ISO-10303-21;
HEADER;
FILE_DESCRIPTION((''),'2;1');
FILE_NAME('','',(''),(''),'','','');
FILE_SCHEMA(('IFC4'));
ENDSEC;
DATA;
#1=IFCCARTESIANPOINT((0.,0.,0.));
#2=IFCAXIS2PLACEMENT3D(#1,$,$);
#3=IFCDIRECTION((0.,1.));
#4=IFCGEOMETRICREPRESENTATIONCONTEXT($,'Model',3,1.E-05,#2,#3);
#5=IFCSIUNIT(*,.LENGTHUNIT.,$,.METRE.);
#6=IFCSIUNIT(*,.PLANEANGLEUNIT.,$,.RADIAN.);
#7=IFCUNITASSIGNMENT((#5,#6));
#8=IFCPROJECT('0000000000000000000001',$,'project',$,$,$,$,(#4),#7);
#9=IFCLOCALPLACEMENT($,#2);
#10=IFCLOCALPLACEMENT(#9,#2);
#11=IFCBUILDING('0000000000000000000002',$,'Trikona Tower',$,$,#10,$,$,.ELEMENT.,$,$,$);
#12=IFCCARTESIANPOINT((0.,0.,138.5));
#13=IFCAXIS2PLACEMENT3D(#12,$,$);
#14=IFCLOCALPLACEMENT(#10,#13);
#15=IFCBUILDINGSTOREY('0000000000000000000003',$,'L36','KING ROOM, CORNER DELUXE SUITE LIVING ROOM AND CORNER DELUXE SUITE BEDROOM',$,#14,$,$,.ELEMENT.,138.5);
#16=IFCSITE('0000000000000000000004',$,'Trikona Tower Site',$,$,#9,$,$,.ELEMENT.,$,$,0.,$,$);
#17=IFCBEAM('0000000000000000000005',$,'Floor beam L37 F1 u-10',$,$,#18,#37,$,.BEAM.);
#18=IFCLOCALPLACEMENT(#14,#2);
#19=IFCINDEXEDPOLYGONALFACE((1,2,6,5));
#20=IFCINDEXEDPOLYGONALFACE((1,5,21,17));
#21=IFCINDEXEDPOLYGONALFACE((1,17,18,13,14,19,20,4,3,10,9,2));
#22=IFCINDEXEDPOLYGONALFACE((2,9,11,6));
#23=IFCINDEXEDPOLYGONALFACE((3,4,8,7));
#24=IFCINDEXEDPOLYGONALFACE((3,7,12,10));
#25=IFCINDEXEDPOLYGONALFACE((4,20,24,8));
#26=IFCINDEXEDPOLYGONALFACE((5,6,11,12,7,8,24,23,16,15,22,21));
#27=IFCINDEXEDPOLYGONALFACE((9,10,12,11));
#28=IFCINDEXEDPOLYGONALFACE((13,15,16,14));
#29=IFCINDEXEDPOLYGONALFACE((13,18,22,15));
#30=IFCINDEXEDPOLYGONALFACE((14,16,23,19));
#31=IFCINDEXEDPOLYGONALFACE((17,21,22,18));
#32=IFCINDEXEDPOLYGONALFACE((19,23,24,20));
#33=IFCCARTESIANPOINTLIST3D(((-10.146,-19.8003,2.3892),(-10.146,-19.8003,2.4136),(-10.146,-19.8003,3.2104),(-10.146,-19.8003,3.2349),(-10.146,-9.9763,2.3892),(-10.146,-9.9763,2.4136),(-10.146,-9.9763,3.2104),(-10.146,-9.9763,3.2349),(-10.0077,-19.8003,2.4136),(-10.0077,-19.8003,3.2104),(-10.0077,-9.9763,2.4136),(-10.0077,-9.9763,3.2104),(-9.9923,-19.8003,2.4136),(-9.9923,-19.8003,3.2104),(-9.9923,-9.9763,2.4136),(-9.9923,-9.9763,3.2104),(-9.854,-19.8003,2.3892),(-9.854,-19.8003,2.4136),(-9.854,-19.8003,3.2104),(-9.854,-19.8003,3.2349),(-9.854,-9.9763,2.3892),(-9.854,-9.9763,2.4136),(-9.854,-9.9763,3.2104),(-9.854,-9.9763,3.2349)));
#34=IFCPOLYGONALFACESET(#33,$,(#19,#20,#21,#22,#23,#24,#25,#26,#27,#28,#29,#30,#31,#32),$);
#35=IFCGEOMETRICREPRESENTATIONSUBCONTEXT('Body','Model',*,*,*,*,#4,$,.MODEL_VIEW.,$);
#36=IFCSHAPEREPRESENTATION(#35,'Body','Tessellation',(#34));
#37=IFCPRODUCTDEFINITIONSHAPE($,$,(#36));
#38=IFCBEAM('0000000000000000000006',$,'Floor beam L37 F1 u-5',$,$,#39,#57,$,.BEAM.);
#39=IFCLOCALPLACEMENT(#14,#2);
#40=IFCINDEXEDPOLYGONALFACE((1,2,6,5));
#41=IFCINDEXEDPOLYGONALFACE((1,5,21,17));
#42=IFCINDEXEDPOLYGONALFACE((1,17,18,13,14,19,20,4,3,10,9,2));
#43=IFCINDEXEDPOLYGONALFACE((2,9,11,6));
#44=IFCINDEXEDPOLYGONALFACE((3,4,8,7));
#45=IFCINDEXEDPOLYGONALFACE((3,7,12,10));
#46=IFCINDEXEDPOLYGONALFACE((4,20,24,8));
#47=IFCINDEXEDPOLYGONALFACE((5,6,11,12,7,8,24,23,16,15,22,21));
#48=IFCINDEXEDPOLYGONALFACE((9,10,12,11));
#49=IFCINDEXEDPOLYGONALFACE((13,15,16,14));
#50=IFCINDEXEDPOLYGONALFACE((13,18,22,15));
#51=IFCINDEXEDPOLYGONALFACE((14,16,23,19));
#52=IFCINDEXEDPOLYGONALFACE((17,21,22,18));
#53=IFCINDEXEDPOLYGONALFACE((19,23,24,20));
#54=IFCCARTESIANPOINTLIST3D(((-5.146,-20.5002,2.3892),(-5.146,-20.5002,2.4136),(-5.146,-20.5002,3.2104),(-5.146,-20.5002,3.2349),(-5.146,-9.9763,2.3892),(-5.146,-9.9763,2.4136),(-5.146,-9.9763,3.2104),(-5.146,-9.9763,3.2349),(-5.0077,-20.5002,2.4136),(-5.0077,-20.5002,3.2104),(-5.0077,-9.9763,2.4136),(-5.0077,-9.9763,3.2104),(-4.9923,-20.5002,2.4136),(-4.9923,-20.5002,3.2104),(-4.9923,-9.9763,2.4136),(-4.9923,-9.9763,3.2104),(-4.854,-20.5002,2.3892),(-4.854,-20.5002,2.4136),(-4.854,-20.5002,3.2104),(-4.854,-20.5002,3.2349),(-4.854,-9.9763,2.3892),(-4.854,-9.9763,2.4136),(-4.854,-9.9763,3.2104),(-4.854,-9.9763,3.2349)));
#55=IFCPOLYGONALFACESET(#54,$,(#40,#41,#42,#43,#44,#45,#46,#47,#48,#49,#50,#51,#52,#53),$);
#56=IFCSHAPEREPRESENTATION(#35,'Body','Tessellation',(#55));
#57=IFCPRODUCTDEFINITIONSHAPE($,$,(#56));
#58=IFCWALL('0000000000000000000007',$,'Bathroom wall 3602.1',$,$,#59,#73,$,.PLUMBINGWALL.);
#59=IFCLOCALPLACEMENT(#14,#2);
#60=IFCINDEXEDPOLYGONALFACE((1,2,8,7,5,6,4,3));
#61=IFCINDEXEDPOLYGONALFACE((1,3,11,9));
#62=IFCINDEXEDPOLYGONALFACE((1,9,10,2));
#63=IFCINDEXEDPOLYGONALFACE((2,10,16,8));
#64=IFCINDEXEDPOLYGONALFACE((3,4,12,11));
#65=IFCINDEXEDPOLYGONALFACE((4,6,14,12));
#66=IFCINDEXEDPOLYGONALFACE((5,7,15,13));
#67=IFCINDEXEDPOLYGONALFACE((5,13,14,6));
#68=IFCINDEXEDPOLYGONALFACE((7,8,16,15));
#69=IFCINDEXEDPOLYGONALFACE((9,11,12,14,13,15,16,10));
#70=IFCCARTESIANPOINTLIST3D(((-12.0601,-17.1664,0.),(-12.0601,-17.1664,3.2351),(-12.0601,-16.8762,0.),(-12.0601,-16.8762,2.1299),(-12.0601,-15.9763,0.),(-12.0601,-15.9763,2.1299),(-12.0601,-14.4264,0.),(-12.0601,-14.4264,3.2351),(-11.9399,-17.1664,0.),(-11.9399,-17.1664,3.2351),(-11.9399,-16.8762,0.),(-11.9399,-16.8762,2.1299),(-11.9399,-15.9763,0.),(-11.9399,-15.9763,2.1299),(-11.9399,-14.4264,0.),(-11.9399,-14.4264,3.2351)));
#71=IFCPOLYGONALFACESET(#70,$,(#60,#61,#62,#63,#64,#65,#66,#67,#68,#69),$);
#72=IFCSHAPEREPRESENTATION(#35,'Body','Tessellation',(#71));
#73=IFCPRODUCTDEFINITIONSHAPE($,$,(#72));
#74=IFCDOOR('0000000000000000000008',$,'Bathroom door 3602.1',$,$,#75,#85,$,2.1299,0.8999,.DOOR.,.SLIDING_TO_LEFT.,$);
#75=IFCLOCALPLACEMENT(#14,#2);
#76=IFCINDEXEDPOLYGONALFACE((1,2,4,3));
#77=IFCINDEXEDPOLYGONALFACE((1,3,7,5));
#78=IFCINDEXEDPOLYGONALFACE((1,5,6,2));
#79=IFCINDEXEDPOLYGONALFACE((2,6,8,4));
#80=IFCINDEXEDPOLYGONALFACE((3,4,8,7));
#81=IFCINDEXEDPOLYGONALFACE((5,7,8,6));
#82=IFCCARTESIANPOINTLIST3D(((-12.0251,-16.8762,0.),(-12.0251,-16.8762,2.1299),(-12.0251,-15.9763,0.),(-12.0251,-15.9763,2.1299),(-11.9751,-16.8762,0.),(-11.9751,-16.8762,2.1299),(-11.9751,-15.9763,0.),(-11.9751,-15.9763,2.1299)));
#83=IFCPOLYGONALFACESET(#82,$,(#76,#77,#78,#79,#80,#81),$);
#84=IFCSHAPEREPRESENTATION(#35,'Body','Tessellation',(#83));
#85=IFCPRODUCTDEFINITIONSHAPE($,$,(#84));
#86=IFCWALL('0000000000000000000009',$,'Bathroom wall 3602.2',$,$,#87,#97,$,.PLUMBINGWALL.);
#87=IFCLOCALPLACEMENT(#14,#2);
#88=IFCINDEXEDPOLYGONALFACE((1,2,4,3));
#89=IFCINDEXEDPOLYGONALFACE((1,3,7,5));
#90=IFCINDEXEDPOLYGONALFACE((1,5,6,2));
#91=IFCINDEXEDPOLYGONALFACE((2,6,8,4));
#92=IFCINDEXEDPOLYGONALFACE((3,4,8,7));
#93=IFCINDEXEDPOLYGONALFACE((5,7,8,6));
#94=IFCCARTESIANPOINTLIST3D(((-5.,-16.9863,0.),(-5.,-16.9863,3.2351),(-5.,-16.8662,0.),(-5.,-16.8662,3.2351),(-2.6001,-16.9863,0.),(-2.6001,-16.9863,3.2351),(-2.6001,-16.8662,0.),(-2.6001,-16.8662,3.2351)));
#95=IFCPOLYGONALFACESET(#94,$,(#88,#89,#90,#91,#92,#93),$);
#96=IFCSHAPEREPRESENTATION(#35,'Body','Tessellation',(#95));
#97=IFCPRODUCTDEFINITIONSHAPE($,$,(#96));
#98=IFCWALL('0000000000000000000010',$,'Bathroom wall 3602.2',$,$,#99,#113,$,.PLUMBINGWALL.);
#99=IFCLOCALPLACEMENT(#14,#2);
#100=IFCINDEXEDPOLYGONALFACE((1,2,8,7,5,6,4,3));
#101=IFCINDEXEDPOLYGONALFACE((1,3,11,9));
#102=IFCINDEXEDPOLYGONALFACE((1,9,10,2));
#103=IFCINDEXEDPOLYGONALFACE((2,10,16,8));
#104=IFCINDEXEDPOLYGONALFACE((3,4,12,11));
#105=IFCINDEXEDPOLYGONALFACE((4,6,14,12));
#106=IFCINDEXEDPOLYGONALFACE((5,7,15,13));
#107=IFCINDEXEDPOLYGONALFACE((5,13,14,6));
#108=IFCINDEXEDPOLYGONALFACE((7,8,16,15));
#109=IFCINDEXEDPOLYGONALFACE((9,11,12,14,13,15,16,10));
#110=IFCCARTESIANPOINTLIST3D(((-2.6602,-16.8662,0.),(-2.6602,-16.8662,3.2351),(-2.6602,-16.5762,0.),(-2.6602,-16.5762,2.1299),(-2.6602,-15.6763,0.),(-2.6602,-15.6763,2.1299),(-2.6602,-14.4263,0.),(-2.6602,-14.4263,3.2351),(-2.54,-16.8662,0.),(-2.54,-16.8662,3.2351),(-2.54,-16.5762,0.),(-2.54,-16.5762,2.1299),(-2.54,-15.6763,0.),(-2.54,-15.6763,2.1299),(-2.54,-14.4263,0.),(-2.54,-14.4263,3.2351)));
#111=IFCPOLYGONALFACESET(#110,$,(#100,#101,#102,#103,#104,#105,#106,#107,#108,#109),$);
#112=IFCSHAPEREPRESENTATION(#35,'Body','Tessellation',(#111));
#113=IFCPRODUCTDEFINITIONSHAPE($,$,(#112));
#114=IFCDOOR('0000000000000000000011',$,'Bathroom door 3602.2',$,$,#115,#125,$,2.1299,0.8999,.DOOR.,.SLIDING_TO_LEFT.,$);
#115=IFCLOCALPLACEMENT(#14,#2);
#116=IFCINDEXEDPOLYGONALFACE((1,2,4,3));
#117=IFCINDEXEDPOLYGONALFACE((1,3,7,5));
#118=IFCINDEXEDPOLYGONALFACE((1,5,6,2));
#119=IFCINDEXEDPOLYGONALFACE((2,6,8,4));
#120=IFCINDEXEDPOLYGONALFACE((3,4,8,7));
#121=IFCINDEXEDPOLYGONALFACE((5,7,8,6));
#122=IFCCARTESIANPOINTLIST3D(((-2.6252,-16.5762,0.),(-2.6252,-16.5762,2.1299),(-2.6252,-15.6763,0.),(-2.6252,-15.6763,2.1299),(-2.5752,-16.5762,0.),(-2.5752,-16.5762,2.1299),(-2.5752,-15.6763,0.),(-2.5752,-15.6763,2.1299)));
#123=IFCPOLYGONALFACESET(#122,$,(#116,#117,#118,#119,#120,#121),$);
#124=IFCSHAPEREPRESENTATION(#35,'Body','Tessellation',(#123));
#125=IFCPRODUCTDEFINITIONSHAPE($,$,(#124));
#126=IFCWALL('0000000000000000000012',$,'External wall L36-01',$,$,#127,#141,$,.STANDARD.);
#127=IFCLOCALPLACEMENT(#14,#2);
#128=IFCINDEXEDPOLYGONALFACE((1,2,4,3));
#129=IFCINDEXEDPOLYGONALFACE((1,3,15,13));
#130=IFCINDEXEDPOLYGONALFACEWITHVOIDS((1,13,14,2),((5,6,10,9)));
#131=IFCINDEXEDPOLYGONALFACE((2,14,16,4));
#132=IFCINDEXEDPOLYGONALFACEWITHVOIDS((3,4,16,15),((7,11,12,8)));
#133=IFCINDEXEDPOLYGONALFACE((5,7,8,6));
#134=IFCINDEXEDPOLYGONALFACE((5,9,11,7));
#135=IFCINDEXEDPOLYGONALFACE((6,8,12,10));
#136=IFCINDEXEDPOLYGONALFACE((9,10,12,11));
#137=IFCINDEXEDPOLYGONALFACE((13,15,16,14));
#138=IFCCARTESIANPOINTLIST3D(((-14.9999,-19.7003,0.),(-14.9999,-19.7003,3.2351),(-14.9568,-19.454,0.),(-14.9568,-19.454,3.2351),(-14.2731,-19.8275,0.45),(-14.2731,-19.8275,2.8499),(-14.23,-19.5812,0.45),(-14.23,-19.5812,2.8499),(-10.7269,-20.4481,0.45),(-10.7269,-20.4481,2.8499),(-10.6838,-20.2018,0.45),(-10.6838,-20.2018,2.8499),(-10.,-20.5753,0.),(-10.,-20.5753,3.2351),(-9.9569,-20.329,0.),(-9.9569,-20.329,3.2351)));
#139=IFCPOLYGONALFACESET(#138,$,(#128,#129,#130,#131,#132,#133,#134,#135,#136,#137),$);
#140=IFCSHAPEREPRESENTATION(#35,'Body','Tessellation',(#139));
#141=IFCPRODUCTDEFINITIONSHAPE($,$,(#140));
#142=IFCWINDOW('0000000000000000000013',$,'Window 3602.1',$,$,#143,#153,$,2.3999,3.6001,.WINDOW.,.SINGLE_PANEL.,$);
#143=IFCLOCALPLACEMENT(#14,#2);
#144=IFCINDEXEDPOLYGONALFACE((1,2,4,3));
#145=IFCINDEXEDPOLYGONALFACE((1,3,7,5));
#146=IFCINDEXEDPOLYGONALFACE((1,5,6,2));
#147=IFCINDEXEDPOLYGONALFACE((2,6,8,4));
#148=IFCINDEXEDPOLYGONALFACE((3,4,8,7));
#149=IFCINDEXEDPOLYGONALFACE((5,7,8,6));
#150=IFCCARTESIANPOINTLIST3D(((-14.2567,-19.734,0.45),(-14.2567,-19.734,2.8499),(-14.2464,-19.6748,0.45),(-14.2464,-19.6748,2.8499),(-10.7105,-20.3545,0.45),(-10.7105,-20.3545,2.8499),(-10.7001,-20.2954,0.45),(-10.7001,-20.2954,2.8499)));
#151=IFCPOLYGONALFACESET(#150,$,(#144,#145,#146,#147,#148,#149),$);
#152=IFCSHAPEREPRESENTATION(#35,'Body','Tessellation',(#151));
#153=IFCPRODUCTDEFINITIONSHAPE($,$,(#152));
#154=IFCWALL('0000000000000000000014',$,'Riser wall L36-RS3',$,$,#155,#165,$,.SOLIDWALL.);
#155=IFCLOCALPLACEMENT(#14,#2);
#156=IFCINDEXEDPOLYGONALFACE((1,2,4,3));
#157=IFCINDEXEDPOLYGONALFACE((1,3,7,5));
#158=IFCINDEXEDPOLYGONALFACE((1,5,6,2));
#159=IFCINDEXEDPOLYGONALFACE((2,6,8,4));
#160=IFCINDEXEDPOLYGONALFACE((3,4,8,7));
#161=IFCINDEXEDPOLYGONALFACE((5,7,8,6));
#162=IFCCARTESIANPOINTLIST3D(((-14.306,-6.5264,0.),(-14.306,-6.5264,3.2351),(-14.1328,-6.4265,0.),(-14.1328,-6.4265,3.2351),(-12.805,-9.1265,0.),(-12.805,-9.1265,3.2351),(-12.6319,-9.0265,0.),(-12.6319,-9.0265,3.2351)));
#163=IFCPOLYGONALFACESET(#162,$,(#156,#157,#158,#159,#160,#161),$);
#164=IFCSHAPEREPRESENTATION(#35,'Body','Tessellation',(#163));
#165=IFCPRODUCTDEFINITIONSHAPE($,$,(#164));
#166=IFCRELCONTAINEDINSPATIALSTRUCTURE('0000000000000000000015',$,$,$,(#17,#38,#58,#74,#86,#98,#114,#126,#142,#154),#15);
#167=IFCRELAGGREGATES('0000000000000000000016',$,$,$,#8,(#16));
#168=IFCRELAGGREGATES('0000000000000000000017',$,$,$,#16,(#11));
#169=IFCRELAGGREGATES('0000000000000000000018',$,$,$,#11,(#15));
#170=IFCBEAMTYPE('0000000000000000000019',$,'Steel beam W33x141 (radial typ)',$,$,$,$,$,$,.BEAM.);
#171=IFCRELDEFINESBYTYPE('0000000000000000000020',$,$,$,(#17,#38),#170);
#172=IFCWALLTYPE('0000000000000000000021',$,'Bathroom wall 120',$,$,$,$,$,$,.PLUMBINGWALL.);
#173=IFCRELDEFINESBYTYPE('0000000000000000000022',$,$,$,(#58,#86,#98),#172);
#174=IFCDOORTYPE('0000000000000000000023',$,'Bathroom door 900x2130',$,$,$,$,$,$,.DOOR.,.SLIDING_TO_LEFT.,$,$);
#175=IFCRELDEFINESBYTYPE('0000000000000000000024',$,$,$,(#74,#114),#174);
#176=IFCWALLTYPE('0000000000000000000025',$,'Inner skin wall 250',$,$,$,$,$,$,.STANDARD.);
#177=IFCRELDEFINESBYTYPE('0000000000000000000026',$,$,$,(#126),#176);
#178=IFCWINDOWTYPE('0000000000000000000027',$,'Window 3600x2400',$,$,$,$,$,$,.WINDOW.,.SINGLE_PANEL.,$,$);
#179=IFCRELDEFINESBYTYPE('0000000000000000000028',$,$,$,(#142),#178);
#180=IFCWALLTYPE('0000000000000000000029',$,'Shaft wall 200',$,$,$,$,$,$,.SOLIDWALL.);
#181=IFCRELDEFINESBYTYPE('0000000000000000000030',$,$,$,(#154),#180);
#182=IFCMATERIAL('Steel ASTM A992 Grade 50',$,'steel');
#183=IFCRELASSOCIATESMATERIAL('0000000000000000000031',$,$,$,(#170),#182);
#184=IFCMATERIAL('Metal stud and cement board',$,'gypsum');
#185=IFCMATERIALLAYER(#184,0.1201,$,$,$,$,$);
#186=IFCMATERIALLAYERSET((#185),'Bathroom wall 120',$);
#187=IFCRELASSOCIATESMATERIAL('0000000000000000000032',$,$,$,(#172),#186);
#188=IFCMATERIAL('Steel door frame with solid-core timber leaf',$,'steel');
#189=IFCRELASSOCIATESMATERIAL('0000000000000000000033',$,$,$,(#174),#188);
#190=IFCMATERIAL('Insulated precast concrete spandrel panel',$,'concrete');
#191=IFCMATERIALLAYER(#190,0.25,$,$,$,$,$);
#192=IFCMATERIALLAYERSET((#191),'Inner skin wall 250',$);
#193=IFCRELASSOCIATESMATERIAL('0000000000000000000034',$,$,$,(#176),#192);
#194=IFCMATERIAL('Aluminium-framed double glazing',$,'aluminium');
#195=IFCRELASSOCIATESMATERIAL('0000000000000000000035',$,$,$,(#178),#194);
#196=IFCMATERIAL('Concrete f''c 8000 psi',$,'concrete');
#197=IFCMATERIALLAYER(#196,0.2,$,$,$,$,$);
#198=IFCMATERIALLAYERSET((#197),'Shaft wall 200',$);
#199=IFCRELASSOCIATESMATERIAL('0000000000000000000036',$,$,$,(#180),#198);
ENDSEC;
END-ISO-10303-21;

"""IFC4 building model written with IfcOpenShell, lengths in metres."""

from ifc_helpers import new_model, si_unit, direction, frame, frame_2d, origin, origin_2d, place, context, subcontext, project, spatial, rectangle, i_section, extrude, material, layer, layer_set, material_profile, profile_set, type_object, element, fill, save


model = new_model("IFC4")

# Units and contexts
model_context = context("Model", 3, precision=1e-05, world=origin(), true_north=direction((0.0, 1.0)))
body_context = subcontext(model_context, "Body", "Model", "MODEL_VIEW")
ifc_project = project(units=[si_unit("LENGTHUNIT", "METRE"), si_unit("PLANEANGLEUNIT", "RADIAN")], contexts=[model_context])

# Site, building, storey
site_placement = place(None, origin())
site = spatial("IfcSite", under=ifc_project, at=site_placement, Name="Trikona Tower Site", CompositionType="ELEMENT", RefElevation=0.0)
building_placement = place(site_placement, origin())
building = spatial("IfcBuilding", under=site, at=building_placement, Name="Trikona Tower", CompositionType="ELEMENT")
storey_placement = place(building_placement, frame((0.0, 0.0, 138.5)))
storey = spatial("IfcBuildingStorey", under=building, at=storey_placement, Name="L36", Description="KING ROOM, CORNER DELUXE SUITE LIVING ROOM AND CORNER DELUXE SUITE BEDROOM", CompositionType="ELEMENT", Elevation=138.5)

# Beams
ifc_material_1 = material(Name="Steel ASTM A992 Grade 50", Category="steel")
ifc_material_profile = material_profile(ifc_material_1, i_section(OverallWidth=0.292, OverallDepth=0.8457, WebThickness=0.0154, FlangeThickness=0.0244, at=origin_2d()), Name="W33X141")
ifc_profile_set = profile_set([ifc_material_profile], Name="Steel ASTM A992 Grade 50")
beam_type = type_object("IfcBeamType", Name="Steel beam W33x141 (radial typ)", PredefinedType="BEAM", material=ifc_profile_set)
beam_1_placement = place(storey_placement, frame((-10.0, -9.9763, 2.812), z_axis=(0.0, -1.0, 0.0), x_axis=(1.0, 0.0, 0.0)))
element("IfcBeam", 1, at=beam_1_placement, inside=storey, type_object=beam_type, Name="Floor beam L37 F1 u-10", PredefinedType="BEAM", context=body_context, shape_type="SweptSolid", body=[
    extrude(i_section(OverallWidth=0.292, OverallDepth=0.8457, WebThickness=0.0154, FlangeThickness=0.0244, at=origin_2d()), origin(), (0.0, 0.0, 1.0), 9.824),
])
beam_2_placement = place(storey_placement, frame((-5.0, -9.9763, 2.812), z_axis=(0.0, -1.0, 0.0), x_axis=(1.0, 0.0, 0.0)))
element("IfcBeam", 2, at=beam_2_placement, inside=storey, type_object=beam_type, Name="Floor beam L37 F1 u-5", PredefinedType="BEAM", context=body_context, shape_type="SweptSolid", body=[
    extrude(i_section(OverallWidth=0.292, OverallDepth=0.8457, WebThickness=0.0154, FlangeThickness=0.0244, at=origin_2d()), origin(), (0.0, 0.0, 1.0), 10.5239),
])

# Wall, opening, door
ifc_material_2 = material(Name="Metal stud and cement board", Category="gypsum")
ifc_layer_1 = layer(ifc_material_2, 0.1201)
ifc_layer_set_1 = layer_set([ifc_layer_1], Name="Bathroom wall 120")
wall_type_1 = type_object("IfcWallType", Name="Bathroom wall 120", PredefinedType="PLUMBINGWALL", material=ifc_layer_set_1)
wall_1_placement = place(storey_placement, frame((-12.0, -14.4263, 0.0), z_axis=(0.0, 0.0, 1.0), x_axis=(0.0, -1.0, 0.0)))
wall_1 = element("IfcWall", 3, at=wall_1_placement, inside=storey, type_object=wall_type_1, Name="Bathroom wall 3602.1", PredefinedType="PLUMBINGWALL", context=body_context, shape_type="SweptSolid", body=[
    extrude(rectangle(XDim=2.74, YDim=0.1201, at=frame_2d((1.3701, 0.0))), origin(), (0.0, 0.0, 1.0), 3.2351),
])
opening_1_placement = place(wall_1_placement, frame((1.55, 0.0, 0.0)))
opening_1 = element("IfcOpeningElement", 4, at=opening_1_placement, cuts=wall_1, PredefinedType="OPENING", context=body_context, shape_type="SweptSolid", body=[
    extrude(rectangle(XDim=0.8999, YDim=2.1299, at=frame_2d((0.45, 1.0649))), frame((0.0, 0.0701, 0.0), z_axis=(0.0, -1.0, 0.0), x_axis=(1.0, 0.0, 0.0)), (0.0, 0.0, 1.0), 0.1401),
])
ifc_material_3 = material(Name="Steel door frame with solid-core timber leaf", Category="steel")
door_type_1 = type_object("IfcDoorType", Name="Bathroom door 900x2130", OperationType="SLIDING_TO_LEFT", PredefinedType="DOOR", material=ifc_material_3)
door_1_placement = place(opening_1_placement, origin())
door_1 = element("IfcDoor", 5, at=door_1_placement, inside=storey, type_object=door_type_1, Name="Bathroom door 3602.1", OperationType="SLIDING_TO_LEFT", OverallHeight=2.1299, OverallWidth=0.8999, PredefinedType="DOOR", context=body_context, shape_type="SweptSolid", body=[
    extrude(rectangle(XDim=0.8999, YDim=2.1299, at=frame_2d((0.45, 1.0649))), frame((0.0, 0.0249, 0.0), z_axis=(0.0, -1.0, 0.0), x_axis=(1.0, 0.0, 0.0)), (0.0, 0.0, 1.0), 0.05),
])
fill(opening_1, door_1)

# Wall
wall_2_placement = place(storey_placement, frame((-5.0, -16.9263, 0.0), z_axis=(0.0, 0.0, 1.0), x_axis=(1.0, 0.0, 0.0)))
element("IfcWall", 6, at=wall_2_placement, inside=storey, type_object=wall_type_1, Name="Bathroom wall 3602.2", PredefinedType="PLUMBINGWALL", context=body_context, shape_type="SweptSolid", body=[
    extrude(rectangle(XDim=2.3999, YDim=0.1201, at=frame_2d((1.2, 0.0))), origin(), (0.0, 0.0, 1.0), 3.2351),
])

# Wall, opening, door
wall_3_placement = place(storey_placement, frame((-2.6001, -14.4263, 0.0), z_axis=(0.0, 0.0, 1.0), x_axis=(0.0, -1.0, 0.0)))
wall_3 = element("IfcWall", 7, at=wall_3_placement, inside=storey, type_object=wall_type_1, Name="Bathroom wall 3602.2", PredefinedType="PLUMBINGWALL", context=body_context, shape_type="SweptSolid", body=[
    extrude(rectangle(XDim=2.4399, YDim=0.1201, at=frame_2d((1.22, 0.0))), origin(), (0.0, 0.0, 1.0), 3.2351),
])
opening_2_placement = place(wall_3_placement, frame((1.25, 0.0, 0.0)))
opening_2 = element("IfcOpeningElement", 8, at=opening_2_placement, cuts=wall_3, PredefinedType="OPENING", context=body_context, shape_type="SweptSolid", body=[
    extrude(rectangle(XDim=0.8999, YDim=2.1299, at=frame_2d((0.45, 1.0649))), frame((0.0, 0.0701, 0.0), z_axis=(0.0, -1.0, 0.0), x_axis=(1.0, 0.0, 0.0)), (0.0, 0.0, 1.0), 0.1401),
])
door_2_placement = place(opening_2_placement, origin())
door_2 = element("IfcDoor", 9, at=door_2_placement, inside=storey, type_object=door_type_1, Name="Bathroom door 3602.2", OperationType="SLIDING_TO_LEFT", OverallHeight=2.1299, OverallWidth=0.8999, PredefinedType="DOOR", context=body_context, shape_type="SweptSolid", body=[
    extrude(rectangle(XDim=0.8999, YDim=2.1299, at=frame_2d((0.45, 1.0649))), frame((0.0, 0.0249, 0.0), z_axis=(0.0, -1.0, 0.0), x_axis=(1.0, 0.0, 0.0)), (0.0, 0.0, 1.0), 0.05),
])
fill(opening_2, door_2)

# Wall, opening, window
ifc_material_4 = material(Name="Insulated precast concrete spandrel panel", Category="concrete")
ifc_layer_2 = layer(ifc_material_4, 0.25)
ifc_layer_set_2 = layer_set([ifc_layer_2], Name="Inner skin wall 250")
wall_type_2 = type_object("IfcWallType", Name="Inner skin wall 250", PredefinedType="STANDARD", material=ifc_layer_set_2)
wall_4_placement = place(storey_placement, frame((-14.9785, -19.5771, 0.0), z_axis=(0.0, 0.0, 1.0), x_axis=(0.98503, -0.17238, 0.0)))
wall_4 = element("IfcWall", 10, at=wall_4_placement, inside=storey, type_object=wall_type_2, Name="External wall L36-01", PredefinedType="STANDARD", context=body_context, shape_type="SweptSolid", body=[
    extrude(rectangle(XDim=5.0759, YDim=0.25, at=frame_2d((2.5381, 0.0))), origin(), (0.0, 0.0, 1.0), 3.2351),
])
opening_3_placement = place(wall_4_placement, frame((0.738, 0.0, 0.45)))
opening_3 = element("IfcOpeningElement", 11, at=opening_3_placement, cuts=wall_4, PredefinedType="OPENING", context=body_context, shape_type="SweptSolid", body=[
    extrude(rectangle(XDim=3.6001, YDim=2.3999, at=frame_2d((1.8, 1.2))), frame((0.0, 0.135, 0.0), z_axis=(0.0, -1.0, 0.0), x_axis=(1.0, 0.0, 0.0)), (0.0, 0.0, 1.0), 0.27),
])
ifc_material_5 = material(Name="Aluminium-framed double glazing", Category="aluminium")
window_type = type_object("IfcWindowType", Name="Window 3600x2400", PartitioningType="SINGLE_PANEL", PredefinedType="WINDOW", material=ifc_material_5)
window_placement = place(opening_3_placement, origin())
window = element("IfcWindow", 12, at=window_placement, inside=storey, type_object=window_type, Name="Window 3602.1", OverallHeight=2.3999, OverallWidth=3.6001, PartitioningType="SINGLE_PANEL", PredefinedType="WINDOW", context=body_context, shape_type="SweptSolid", body=[
    extrude(rectangle(XDim=3.6001, YDim=2.3999, at=frame_2d((1.8, 1.2))), frame((0.0, 0.03, 0.0), z_axis=(0.0, -1.0, 0.0), x_axis=(1.0, 0.0, 0.0)), (0.0, 0.0, 1.0), 0.0601),
])
fill(opening_3, window)

# Wall
ifc_material_6 = material(Name="Concrete f'c 8000 psi", Category="concrete")
ifc_layer_3 = layer(ifc_material_6, 0.2)
ifc_layer_set_3 = layer_set([ifc_layer_3], Name="Shaft wall 200")
wall_type_3 = type_object("IfcWallType", Name="Shaft wall 200", PredefinedType="SOLIDWALL", material=ifc_layer_set_3)
wall_5_placement = place(storey_placement, frame((-12.7185, -9.0764, 0.0), z_axis=(0.0, 0.0, 1.0), x_axis=(-0.499952, 0.866053, 0.0)))
element("IfcWall", 13, at=wall_5_placement, inside=storey, type_object=wall_type_3, Name="Riser wall L36-RS3", PredefinedType="SOLIDWALL", context=body_context, shape_type="SweptSolid", body=[
    extrude(rectangle(XDim=3.0022, YDim=0.2, at=frame_2d((1.501, 0.0))), origin(), (0.0, 0.0, 1.0), 3.2351),
])

save(model, "model.ifc")
